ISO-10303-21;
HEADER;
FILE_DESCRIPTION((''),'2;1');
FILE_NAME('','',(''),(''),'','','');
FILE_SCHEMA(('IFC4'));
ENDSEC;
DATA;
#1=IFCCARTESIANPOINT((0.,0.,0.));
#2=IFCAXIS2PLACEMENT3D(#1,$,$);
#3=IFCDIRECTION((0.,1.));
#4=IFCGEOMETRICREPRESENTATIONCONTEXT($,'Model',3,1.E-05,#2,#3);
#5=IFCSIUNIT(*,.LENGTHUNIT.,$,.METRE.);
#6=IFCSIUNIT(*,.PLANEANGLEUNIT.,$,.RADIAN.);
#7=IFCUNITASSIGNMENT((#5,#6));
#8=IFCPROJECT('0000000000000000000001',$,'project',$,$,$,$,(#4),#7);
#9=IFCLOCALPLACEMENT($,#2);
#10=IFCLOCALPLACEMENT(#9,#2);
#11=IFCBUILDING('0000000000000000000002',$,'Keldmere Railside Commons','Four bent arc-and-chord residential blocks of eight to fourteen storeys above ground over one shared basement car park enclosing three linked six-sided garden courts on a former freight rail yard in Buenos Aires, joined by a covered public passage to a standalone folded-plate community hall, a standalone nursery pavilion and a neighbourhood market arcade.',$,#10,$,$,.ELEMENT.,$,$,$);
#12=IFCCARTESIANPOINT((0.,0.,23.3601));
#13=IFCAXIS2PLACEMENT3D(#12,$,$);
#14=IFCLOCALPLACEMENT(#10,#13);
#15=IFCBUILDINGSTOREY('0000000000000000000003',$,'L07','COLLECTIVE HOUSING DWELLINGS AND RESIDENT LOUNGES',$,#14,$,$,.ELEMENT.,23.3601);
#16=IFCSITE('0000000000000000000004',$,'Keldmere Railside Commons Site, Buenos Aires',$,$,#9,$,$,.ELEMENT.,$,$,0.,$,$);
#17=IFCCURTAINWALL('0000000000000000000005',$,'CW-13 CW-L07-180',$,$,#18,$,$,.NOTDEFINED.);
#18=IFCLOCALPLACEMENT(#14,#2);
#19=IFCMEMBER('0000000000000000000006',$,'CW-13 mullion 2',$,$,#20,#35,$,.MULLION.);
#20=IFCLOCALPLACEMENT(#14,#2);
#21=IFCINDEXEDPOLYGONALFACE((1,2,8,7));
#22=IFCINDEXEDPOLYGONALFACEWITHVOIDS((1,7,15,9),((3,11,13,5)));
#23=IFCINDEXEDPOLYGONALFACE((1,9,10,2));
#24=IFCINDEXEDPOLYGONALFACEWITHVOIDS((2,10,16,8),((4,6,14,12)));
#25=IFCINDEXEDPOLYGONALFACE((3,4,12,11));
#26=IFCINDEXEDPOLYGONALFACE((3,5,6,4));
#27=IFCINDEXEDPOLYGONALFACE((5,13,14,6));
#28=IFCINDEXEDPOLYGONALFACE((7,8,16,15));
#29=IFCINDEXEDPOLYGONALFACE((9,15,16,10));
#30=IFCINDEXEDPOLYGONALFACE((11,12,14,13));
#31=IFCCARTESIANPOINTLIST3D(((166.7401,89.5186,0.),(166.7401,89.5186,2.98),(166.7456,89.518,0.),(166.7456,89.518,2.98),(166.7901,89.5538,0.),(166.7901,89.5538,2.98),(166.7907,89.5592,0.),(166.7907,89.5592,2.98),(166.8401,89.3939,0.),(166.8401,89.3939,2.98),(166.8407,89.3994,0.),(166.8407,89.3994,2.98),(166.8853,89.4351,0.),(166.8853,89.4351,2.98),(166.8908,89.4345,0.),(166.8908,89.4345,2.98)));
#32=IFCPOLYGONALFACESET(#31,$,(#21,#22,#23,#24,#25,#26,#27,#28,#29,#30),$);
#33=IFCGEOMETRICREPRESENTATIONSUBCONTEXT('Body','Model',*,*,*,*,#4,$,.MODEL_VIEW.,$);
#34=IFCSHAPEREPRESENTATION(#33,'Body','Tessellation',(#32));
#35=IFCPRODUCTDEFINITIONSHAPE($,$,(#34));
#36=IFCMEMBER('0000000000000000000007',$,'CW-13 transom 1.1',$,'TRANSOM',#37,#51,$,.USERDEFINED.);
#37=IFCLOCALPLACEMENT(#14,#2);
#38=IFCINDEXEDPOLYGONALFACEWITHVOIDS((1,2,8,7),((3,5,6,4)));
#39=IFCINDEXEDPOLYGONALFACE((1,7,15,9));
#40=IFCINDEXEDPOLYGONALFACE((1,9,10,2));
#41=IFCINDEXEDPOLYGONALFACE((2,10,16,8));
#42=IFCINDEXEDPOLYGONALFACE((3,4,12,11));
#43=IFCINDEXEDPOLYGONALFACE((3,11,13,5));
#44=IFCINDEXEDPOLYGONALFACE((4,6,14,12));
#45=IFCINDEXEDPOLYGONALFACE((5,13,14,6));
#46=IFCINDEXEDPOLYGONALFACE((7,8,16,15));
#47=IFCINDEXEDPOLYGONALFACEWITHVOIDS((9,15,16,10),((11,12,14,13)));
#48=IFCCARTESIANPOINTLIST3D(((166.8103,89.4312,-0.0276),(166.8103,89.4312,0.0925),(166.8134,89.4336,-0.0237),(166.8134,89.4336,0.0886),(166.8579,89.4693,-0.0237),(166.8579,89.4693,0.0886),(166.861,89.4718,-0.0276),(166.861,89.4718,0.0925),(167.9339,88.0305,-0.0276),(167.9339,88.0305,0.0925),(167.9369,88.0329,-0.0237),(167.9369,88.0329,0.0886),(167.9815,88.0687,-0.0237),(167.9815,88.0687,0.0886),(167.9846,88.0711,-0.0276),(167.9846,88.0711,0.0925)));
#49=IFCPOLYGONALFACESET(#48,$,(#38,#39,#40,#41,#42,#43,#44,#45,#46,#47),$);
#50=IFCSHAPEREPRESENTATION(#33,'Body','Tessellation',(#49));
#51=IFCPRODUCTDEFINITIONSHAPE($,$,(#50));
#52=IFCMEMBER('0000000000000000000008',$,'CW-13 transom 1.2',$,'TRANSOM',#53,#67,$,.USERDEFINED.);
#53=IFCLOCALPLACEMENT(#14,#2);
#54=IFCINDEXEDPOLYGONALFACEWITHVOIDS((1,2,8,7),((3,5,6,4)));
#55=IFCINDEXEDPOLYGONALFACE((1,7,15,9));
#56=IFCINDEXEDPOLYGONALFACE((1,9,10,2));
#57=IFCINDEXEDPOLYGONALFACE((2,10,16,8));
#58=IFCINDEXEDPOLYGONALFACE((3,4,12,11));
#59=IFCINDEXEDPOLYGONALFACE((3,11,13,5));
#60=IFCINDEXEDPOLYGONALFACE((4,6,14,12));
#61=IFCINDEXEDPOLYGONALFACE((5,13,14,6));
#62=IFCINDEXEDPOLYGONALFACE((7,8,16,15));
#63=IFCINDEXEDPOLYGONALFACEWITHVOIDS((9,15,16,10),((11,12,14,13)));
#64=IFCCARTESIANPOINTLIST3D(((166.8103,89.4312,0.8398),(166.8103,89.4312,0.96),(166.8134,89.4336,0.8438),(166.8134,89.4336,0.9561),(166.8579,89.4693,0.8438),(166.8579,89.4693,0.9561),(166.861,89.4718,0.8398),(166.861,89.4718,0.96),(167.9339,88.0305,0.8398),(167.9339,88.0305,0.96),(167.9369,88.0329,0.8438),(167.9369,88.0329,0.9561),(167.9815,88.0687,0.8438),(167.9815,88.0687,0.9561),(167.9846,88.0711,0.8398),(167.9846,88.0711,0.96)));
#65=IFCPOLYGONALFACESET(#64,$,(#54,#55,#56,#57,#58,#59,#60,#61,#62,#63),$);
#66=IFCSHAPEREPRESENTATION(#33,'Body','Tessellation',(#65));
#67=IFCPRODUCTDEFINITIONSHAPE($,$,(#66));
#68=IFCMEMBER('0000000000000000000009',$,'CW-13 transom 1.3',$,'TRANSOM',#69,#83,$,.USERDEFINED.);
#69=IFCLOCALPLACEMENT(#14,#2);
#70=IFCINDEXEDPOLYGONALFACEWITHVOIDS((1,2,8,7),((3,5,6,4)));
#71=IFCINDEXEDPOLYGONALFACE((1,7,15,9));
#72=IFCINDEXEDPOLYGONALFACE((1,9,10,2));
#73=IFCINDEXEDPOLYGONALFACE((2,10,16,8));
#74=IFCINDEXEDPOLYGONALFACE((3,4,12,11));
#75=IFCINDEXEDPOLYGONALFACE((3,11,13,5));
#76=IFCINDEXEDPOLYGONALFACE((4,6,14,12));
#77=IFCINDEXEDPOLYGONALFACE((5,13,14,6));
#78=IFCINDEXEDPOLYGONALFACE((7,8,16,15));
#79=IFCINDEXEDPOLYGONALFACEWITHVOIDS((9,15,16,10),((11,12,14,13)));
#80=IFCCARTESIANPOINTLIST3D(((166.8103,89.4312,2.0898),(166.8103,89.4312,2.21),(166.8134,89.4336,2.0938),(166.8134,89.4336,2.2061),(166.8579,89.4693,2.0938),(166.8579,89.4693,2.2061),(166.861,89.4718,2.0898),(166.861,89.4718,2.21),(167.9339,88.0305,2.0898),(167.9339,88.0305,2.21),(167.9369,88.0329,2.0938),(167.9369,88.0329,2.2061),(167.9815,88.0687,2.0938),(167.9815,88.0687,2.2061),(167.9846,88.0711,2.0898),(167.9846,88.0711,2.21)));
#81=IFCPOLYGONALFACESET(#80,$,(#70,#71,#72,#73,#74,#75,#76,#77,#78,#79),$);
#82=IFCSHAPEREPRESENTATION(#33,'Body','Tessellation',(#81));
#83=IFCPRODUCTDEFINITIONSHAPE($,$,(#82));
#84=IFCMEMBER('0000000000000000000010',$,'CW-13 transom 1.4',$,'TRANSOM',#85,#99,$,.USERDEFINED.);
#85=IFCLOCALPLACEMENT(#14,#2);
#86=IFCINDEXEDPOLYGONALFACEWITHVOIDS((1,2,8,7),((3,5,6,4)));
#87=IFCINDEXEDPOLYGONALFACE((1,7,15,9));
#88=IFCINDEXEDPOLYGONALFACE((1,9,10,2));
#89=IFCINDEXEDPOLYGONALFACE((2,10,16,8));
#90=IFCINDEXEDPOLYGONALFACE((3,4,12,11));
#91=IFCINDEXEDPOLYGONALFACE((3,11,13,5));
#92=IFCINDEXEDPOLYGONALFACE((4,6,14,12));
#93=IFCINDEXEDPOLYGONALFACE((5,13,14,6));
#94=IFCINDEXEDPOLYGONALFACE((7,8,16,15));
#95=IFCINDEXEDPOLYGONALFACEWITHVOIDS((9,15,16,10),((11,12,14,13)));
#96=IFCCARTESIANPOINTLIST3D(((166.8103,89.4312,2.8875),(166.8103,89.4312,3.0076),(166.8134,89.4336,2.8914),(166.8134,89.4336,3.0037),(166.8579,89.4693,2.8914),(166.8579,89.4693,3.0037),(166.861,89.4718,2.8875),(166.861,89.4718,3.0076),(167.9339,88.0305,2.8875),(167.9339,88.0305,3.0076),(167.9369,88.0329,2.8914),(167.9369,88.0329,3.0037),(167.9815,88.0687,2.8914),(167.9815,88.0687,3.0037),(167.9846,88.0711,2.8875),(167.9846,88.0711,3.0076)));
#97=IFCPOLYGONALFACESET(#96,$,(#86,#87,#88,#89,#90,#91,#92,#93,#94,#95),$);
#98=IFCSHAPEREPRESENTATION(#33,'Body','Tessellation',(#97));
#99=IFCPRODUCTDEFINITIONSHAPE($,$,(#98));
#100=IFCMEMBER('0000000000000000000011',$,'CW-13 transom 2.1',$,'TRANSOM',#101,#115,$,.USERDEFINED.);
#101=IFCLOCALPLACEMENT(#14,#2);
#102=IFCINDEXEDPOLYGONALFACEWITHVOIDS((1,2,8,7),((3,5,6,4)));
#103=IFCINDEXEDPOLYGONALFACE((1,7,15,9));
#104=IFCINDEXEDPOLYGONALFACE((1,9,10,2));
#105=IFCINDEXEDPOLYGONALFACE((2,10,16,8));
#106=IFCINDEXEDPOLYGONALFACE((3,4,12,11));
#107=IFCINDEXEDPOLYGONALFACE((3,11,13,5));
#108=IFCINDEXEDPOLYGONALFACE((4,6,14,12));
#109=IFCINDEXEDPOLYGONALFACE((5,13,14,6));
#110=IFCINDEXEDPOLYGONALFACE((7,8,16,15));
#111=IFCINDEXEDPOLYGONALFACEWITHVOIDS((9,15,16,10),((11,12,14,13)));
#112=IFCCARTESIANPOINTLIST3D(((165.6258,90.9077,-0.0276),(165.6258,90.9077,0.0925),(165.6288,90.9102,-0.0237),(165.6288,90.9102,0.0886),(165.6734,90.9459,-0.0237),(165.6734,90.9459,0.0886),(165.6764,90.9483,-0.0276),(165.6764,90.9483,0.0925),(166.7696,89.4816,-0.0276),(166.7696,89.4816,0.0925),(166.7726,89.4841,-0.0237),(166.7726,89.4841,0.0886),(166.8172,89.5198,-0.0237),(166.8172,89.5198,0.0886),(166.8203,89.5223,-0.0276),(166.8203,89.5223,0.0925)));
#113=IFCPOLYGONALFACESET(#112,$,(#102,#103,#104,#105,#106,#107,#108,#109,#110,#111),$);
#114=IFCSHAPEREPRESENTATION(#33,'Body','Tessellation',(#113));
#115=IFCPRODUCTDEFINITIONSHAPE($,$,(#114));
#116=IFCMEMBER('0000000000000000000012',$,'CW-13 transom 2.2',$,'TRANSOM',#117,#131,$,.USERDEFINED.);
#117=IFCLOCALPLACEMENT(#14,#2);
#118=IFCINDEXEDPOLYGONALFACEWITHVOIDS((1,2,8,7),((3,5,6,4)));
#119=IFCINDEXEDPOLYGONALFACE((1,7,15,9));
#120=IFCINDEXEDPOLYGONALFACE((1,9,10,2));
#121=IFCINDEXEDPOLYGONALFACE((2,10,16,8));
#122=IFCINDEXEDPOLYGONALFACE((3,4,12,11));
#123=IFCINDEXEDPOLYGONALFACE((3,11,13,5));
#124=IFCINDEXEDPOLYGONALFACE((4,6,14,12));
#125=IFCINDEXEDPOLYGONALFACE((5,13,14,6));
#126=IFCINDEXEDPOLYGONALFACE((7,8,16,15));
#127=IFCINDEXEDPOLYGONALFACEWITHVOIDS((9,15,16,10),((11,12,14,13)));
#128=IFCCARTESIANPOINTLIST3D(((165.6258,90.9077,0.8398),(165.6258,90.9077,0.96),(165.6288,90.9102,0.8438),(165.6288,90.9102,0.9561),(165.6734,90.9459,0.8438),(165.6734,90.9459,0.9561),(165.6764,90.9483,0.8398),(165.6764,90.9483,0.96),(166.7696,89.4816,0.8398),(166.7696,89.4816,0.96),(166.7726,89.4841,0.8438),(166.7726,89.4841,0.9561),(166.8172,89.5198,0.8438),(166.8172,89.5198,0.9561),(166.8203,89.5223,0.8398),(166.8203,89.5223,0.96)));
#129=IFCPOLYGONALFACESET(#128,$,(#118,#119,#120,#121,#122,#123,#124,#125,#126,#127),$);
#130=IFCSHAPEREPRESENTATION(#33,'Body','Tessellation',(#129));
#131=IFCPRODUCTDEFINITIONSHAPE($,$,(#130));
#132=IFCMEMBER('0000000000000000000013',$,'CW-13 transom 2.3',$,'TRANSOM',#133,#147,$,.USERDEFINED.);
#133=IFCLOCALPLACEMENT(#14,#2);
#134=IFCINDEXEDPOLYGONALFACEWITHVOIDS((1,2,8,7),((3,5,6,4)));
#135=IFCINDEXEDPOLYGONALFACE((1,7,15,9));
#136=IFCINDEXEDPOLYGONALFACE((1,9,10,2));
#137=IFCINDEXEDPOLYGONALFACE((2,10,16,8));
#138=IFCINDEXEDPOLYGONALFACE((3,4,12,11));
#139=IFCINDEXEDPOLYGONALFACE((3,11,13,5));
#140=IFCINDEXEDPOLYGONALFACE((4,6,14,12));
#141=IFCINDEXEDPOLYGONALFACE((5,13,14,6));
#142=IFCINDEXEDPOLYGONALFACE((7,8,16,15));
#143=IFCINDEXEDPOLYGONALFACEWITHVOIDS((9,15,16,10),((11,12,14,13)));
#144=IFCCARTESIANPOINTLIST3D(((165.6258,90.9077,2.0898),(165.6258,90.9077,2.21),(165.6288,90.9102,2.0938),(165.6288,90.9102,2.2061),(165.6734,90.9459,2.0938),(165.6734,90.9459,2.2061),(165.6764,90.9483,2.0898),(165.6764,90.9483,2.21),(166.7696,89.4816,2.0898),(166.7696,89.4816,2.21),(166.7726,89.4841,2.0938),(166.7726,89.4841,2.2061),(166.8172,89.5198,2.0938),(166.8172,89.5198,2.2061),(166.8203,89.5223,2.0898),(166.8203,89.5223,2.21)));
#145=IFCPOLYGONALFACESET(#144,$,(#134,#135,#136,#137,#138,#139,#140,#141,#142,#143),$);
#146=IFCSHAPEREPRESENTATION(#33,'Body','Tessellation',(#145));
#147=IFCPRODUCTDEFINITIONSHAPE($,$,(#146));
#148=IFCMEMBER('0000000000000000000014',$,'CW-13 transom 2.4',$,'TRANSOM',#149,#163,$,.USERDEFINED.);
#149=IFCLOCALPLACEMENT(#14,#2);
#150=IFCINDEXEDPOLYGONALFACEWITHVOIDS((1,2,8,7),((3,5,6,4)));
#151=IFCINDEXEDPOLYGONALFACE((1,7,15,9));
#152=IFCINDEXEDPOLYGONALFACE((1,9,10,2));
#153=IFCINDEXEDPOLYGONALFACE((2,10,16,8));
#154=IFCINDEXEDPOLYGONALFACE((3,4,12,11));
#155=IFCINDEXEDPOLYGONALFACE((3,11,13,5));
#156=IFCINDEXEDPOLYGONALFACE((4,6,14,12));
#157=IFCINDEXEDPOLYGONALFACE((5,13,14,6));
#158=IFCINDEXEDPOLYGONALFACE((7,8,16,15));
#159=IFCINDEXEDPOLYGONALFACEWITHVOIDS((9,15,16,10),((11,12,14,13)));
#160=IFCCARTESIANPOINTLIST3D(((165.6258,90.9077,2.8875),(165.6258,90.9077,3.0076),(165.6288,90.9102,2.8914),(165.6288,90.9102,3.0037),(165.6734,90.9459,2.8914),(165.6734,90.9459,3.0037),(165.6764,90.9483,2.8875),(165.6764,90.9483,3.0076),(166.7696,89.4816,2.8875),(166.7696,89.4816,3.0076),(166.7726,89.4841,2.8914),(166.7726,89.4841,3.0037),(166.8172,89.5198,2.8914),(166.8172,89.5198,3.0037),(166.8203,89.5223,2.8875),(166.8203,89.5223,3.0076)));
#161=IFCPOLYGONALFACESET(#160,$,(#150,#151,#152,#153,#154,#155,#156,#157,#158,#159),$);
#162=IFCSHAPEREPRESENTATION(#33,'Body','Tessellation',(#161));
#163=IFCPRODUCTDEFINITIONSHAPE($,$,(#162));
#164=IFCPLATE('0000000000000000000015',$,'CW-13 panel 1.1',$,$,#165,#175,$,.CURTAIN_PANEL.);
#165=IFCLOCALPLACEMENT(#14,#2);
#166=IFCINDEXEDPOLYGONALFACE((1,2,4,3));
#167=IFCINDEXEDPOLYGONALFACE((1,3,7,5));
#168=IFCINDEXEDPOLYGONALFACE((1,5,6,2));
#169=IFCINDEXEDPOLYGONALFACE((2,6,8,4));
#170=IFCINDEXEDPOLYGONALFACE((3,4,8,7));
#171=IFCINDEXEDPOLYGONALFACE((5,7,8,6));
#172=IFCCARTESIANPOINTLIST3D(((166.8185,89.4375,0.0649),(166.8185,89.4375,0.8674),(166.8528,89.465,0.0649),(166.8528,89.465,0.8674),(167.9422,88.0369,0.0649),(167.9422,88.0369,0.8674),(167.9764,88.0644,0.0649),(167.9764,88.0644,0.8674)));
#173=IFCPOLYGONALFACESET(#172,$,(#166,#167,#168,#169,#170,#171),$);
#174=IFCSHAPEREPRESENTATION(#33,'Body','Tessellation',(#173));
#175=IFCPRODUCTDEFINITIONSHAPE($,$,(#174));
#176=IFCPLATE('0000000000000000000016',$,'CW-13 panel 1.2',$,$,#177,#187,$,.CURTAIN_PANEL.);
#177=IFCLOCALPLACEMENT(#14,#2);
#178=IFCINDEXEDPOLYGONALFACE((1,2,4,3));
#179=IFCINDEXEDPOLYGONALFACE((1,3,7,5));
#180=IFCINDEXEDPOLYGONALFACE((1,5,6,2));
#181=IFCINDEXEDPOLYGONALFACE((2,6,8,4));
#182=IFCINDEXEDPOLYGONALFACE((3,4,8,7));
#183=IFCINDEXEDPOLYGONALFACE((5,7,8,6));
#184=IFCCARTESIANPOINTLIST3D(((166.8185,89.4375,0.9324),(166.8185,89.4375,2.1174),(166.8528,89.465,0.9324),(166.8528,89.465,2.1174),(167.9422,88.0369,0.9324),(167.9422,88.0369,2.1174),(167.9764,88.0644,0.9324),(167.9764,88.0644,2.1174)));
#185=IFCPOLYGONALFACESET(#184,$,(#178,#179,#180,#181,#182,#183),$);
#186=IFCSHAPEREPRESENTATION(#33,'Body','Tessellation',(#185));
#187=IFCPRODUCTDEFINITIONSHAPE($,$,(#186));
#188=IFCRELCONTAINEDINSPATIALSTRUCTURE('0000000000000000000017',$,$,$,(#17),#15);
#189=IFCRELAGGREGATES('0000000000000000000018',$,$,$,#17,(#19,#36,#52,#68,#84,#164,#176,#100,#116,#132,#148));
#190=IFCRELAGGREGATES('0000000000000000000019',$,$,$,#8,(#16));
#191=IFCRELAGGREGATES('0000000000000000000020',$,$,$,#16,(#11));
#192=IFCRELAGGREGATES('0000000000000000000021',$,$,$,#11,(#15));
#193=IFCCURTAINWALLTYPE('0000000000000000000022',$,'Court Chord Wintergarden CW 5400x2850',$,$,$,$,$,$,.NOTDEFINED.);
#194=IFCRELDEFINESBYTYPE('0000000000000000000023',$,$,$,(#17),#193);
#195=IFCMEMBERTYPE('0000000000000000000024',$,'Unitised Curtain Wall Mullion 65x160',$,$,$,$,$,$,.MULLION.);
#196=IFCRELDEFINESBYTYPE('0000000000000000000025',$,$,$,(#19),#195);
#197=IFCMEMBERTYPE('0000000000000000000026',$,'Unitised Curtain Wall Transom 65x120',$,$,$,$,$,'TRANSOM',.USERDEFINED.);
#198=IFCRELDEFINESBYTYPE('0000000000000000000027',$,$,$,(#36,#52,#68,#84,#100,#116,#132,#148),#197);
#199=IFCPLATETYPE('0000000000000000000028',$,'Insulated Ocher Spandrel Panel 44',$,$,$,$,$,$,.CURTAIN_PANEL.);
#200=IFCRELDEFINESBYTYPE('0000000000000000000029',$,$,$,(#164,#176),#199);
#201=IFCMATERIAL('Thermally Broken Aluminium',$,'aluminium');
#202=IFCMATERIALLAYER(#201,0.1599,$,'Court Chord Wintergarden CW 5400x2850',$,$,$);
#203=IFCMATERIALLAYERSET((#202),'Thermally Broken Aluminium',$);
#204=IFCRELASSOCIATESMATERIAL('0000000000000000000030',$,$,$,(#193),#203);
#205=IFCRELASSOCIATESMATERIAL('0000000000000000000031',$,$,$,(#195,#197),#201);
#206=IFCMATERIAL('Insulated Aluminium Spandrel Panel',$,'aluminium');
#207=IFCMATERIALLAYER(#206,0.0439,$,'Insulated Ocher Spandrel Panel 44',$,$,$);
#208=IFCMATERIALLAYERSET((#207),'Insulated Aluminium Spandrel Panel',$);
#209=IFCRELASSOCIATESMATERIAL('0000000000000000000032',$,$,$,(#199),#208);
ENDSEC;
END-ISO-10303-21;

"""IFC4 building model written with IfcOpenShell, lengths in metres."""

from ifc_helpers import new_model, si_unit, direction, frame, origin, origin_2d, place, context, subcontext, project, spatial, rectangle, hollow_rectangle, extrude, material, layer, layer_set, material_profile, profile_set, type_object, element, aggregate, save


model = new_model("IFC4")

# Units and contexts
model_context = context("Model", 3, precision=1e-05, world=origin(), true_north=direction((0.0, 1.0)))
body_context = subcontext(model_context, "Body", "Model", "MODEL_VIEW")
ifc_project = project(units=[si_unit("LENGTHUNIT", "METRE"), si_unit("PLANEANGLEUNIT", "RADIAN")], contexts=[model_context])

# Site, building, storey
site_placement = place(None, origin())
site = spatial("IfcSite", under=ifc_project, at=site_placement, Name="Keldmere Railside Commons Site, Buenos Aires", CompositionType="ELEMENT", RefElevation=0.0)
building_placement = place(site_placement, origin())
building = spatial("IfcBuilding", under=site, at=building_placement, Name="Keldmere Railside Commons", Description="Four bent arc-and-chord residential blocks of eight to fourteen storeys above ground over one shared basement car park enclosing three linked six-sided garden courts on a former freight rail yard in Buenos Aires, joined by a covered public passage to a standalone folded-plate community hall, a standalone nursery pavilion and a neighbourhood market arcade.", CompositionType="ELEMENT")
storey_placement = place(building_placement, frame((0.0, 0.0, 23.3601)))
storey = spatial("IfcBuildingStorey", under=building, at=storey_placement, Name="L07", Description="COLLECTIVE HOUSING DWELLINGS AND RESIDENT LOUNGES", CompositionType="ELEMENT", Elevation=23.3601)

# Curtain wall, members, plates
ifc_material_1 = material(Name="Thermally Broken Aluminium", Category="aluminium")
ifc_layer_1 = layer(ifc_material_1, 0.1599, Name="Court Chord Wintergarden CW 5400x2850")
ifc_layer_set_1 = layer_set([ifc_layer_1], Name="Thermally Broken Aluminium")
curtain_wall_type = type_object("IfcCurtainWallType", Name="Court Chord Wintergarden CW 5400x2850", PredefinedType="NOTDEFINED", material=ifc_layer_set_1)
curtain_wall_placement = place(storey_placement, origin())
curtain_wall = element("IfcCurtainWall", 1, at=curtain_wall_placement, inside=storey, type_object=curtain_wall_type, Name="CW-13 CW-L07-180", PredefinedType="NOTDEFINED")
ifc_material_profile_1 = material_profile(ifc_material_1, hollow_rectangle(XDim=0.0649, YDim=0.1599, WallThickness=0.0039, at=origin_2d()), Name="ALU-MULL-65x160")
ifc_profile_set_1 = profile_set([ifc_material_profile_1], Name="Thermally Broken Aluminium")
member_type_1 = type_object("IfcMemberType", Name="Unitised Curtain Wall Mullion 65x160", PredefinedType="MULLION", material=ifc_profile_set_1)
member_1_placement = place(storey_placement, frame((166.8154, 89.4766, 0.0), z_axis=(0.0, 0.0, 1.0), x_axis=(-0.780009, -0.625768, 0.0)))
member_1 = element("IfcMember", 2, at=member_1_placement, type_object=member_type_1, Name="CW-13 mullion 2", PredefinedType="MULLION", context=body_context, shape_type="SweptSolid", body=[
    extrude(hollow_rectangle(XDim=0.0649, YDim=0.1599, WallThickness=0.0039, at=origin_2d()), origin(), (0.0, 0.0, 1.0), 2.98),
])
ifc_material_profile_2 = material_profile(ifc_material_1, hollow_rectangle(XDim=0.0649, YDim=0.1201, WallThickness=0.0039, at=origin_2d()), Name="ALU-TRAN-65x120")
ifc_profile_set_2 = profile_set([ifc_material_profile_2], Name="Thermally Broken Aluminium")
member_type_2 = type_object("IfcMemberType", Name="Unitised Curtain Wall Transom 65x120", ElementType="TRANSOM", PredefinedType="USERDEFINED", material=ifc_profile_set_2)
member_2_placement = place(storey_placement, frame((167.9592, 88.0508, 0.0325), z_axis=(-0.625723, 0.780046, 0.0), x_axis=(-0.780046, -0.625723, 0.0)))
member_2 = element("IfcMember", 3, at=member_2_placement, type_object=member_type_2, Name="CW-13 transom 1.1", ObjectType="TRANSOM", PredefinedType="USERDEFINED", context=body_context, shape_type="SweptSolid", body=[
    extrude(hollow_rectangle(XDim=0.0649, YDim=0.1201, WallThickness=0.0039, at=origin_2d()), origin(), (0.0, 0.0, 1.0), 1.7957),
])
member_3_placement = place(storey_placement, frame((167.9592, 88.0508, 0.8999), z_axis=(-0.625723, 0.780046, 0.0), x_axis=(-0.780046, -0.625723, 0.0)))
member_3 = element("IfcMember", 4, at=member_3_placement, type_object=member_type_2, Name="CW-13 transom 1.2", ObjectType="TRANSOM", PredefinedType="USERDEFINED", context=body_context, shape_type="SweptSolid", body=[
    extrude(hollow_rectangle(XDim=0.0649, YDim=0.1201, WallThickness=0.0039, at=origin_2d()), origin(), (0.0, 0.0, 1.0), 1.7957),
])
member_4_placement = place(storey_placement, frame((167.9592, 88.0508, 2.1499), z_axis=(-0.625723, 0.780046, 0.0), x_axis=(-0.780046, -0.625723, 0.0)))
member_4 = element("IfcMember", 5, at=member_4_placement, type_object=member_type_2, Name="CW-13 transom 1.3", ObjectType="TRANSOM", PredefinedType="USERDEFINED", context=body_context, shape_type="SweptSolid", body=[
    extrude(hollow_rectangle(XDim=0.0649, YDim=0.1201, WallThickness=0.0039, at=origin_2d()), origin(), (0.0, 0.0, 1.0), 1.7957),
])
member_5_placement = place(storey_placement, frame((167.9592, 88.0508, 2.9475), z_axis=(-0.625723, 0.780046, 0.0), x_axis=(-0.780046, -0.625723, 0.0)))
member_5 = element("IfcMember", 6, at=member_5_placement, type_object=member_type_2, Name="CW-13 transom 1.4", ObjectType="TRANSOM", PredefinedType="USERDEFINED", context=body_context, shape_type="SweptSolid", body=[
    extrude(hollow_rectangle(XDim=0.0649, YDim=0.1201, WallThickness=0.0039, at=origin_2d()), origin(), (0.0, 0.0, 1.0), 1.7957),
])
member_6_placement = place(storey_placement, frame((166.7949, 89.502, 0.0325), z_axis=(-0.625688, 0.780073, 0.0), x_axis=(-0.780073, -0.625688, 0.0)))
member_6 = element("IfcMember", 7, at=member_6_placement, type_object=member_type_2, Name="CW-13 transom 2.1", ObjectType="TRANSOM", PredefinedType="USERDEFINED", context=body_context, shape_type="SweptSolid", body=[
    extrude(hollow_rectangle(XDim=0.0649, YDim=0.1201, WallThickness=0.0039, at=origin_2d()), origin(), (0.0, 0.0, 1.0), 1.8281),
])
member_7_placement = place(storey_placement, frame((166.7949, 89.502, 0.8999), z_axis=(-0.625688, 0.780073, 0.0), x_axis=(-0.780073, -0.625688, 0.0)))
member_7 = element("IfcMember", 8, at=member_7_placement, type_object=member_type_2, Name="CW-13 transom 2.2", ObjectType="TRANSOM", PredefinedType="USERDEFINED", context=body_context, shape_type="SweptSolid", body=[
    extrude(hollow_rectangle(XDim=0.0649, YDim=0.1201, WallThickness=0.0039, at=origin_2d()), origin(), (0.0, 0.0, 1.0), 1.8281),
])
member_8_placement = place(storey_placement, frame((166.7949, 89.502, 2.1499), z_axis=(-0.625688, 0.780073, 0.0), x_axis=(-0.780073, -0.625688, 0.0)))
member_8 = element("IfcMember", 9, at=member_8_placement, type_object=member_type_2, Name="CW-13 transom 2.3", ObjectType="TRANSOM", PredefinedType="USERDEFINED", context=body_context, shape_type="SweptSolid", body=[
    extrude(hollow_rectangle(XDim=0.0649, YDim=0.1201, WallThickness=0.0039, at=origin_2d()), origin(), (0.0, 0.0, 1.0), 1.8281),
])
member_9_placement = place(storey_placement, frame((166.7949, 89.502, 2.9475), z_axis=(-0.625688, 0.780073, 0.0), x_axis=(-0.780073, -0.625688, 0.0)))
member_9 = element("IfcMember", 10, at=member_9_placement, type_object=member_type_2, Name="CW-13 transom 2.4", ObjectType="TRANSOM", PredefinedType="USERDEFINED", context=body_context, shape_type="SweptSolid", body=[
    extrude(hollow_rectangle(XDim=0.0649, YDim=0.1201, WallThickness=0.0039, at=origin_2d()), origin(), (0.0, 0.0, 1.0), 1.8281),
])
ifc_material_2 = material(Name="Insulated Aluminium Spandrel Panel", Category="aluminium")
ifc_layer_2 = layer(ifc_material_2, 0.0439, Name="Insulated Ocher Spandrel Panel 44")
ifc_layer_set_2 = layer_set([ifc_layer_2], Name="Insulated Aluminium Spandrel Panel")
plate_type = type_object("IfcPlateType", Name="Insulated Ocher Spandrel Panel 44", PredefinedType="CURTAIN_PANEL", material=ifc_layer_set_2)
plate_1_placement = place(storey_placement, frame((167.3975, 88.751, 0.0649), z_axis=(0.0, 0.0, 1.0), x_axis=(-0.625768, 0.780009, 0.0)))
plate_1 = element("IfcPlate", 11, at=plate_1_placement, type_object=plate_type, Name="CW-13 panel 1.1", PredefinedType="CURTAIN_PANEL", context=body_context, shape_type="SweptSolid", body=[
    extrude(rectangle(XDim=1.7957, YDim=0.0439, at=origin_2d()), origin(), (0.0, 0.0, 1.0), 0.8025),
])
plate_2_placement = place(storey_placement, frame((167.3975, 88.751, 0.9324), z_axis=(0.0, 0.0, 1.0), x_axis=(-0.625768, 0.780009, 0.0)))
plate_2 = element("IfcPlate", 12, at=plate_2_placement, type_object=plate_type, Name="CW-13 panel 1.2", PredefinedType="CURTAIN_PANEL", context=body_context, shape_type="SweptSolid", body=[
    extrude(rectangle(XDim=1.7957, YDim=0.0439, at=origin_2d()), origin(), (0.0, 0.0, 1.0), 1.1851),
])
aggregate(curtain_wall, [member_1, member_2, member_3, member_4, member_5, plate_1, plate_2, member_6, member_7, member_8, member_9])

save(model, "model.ifc")
